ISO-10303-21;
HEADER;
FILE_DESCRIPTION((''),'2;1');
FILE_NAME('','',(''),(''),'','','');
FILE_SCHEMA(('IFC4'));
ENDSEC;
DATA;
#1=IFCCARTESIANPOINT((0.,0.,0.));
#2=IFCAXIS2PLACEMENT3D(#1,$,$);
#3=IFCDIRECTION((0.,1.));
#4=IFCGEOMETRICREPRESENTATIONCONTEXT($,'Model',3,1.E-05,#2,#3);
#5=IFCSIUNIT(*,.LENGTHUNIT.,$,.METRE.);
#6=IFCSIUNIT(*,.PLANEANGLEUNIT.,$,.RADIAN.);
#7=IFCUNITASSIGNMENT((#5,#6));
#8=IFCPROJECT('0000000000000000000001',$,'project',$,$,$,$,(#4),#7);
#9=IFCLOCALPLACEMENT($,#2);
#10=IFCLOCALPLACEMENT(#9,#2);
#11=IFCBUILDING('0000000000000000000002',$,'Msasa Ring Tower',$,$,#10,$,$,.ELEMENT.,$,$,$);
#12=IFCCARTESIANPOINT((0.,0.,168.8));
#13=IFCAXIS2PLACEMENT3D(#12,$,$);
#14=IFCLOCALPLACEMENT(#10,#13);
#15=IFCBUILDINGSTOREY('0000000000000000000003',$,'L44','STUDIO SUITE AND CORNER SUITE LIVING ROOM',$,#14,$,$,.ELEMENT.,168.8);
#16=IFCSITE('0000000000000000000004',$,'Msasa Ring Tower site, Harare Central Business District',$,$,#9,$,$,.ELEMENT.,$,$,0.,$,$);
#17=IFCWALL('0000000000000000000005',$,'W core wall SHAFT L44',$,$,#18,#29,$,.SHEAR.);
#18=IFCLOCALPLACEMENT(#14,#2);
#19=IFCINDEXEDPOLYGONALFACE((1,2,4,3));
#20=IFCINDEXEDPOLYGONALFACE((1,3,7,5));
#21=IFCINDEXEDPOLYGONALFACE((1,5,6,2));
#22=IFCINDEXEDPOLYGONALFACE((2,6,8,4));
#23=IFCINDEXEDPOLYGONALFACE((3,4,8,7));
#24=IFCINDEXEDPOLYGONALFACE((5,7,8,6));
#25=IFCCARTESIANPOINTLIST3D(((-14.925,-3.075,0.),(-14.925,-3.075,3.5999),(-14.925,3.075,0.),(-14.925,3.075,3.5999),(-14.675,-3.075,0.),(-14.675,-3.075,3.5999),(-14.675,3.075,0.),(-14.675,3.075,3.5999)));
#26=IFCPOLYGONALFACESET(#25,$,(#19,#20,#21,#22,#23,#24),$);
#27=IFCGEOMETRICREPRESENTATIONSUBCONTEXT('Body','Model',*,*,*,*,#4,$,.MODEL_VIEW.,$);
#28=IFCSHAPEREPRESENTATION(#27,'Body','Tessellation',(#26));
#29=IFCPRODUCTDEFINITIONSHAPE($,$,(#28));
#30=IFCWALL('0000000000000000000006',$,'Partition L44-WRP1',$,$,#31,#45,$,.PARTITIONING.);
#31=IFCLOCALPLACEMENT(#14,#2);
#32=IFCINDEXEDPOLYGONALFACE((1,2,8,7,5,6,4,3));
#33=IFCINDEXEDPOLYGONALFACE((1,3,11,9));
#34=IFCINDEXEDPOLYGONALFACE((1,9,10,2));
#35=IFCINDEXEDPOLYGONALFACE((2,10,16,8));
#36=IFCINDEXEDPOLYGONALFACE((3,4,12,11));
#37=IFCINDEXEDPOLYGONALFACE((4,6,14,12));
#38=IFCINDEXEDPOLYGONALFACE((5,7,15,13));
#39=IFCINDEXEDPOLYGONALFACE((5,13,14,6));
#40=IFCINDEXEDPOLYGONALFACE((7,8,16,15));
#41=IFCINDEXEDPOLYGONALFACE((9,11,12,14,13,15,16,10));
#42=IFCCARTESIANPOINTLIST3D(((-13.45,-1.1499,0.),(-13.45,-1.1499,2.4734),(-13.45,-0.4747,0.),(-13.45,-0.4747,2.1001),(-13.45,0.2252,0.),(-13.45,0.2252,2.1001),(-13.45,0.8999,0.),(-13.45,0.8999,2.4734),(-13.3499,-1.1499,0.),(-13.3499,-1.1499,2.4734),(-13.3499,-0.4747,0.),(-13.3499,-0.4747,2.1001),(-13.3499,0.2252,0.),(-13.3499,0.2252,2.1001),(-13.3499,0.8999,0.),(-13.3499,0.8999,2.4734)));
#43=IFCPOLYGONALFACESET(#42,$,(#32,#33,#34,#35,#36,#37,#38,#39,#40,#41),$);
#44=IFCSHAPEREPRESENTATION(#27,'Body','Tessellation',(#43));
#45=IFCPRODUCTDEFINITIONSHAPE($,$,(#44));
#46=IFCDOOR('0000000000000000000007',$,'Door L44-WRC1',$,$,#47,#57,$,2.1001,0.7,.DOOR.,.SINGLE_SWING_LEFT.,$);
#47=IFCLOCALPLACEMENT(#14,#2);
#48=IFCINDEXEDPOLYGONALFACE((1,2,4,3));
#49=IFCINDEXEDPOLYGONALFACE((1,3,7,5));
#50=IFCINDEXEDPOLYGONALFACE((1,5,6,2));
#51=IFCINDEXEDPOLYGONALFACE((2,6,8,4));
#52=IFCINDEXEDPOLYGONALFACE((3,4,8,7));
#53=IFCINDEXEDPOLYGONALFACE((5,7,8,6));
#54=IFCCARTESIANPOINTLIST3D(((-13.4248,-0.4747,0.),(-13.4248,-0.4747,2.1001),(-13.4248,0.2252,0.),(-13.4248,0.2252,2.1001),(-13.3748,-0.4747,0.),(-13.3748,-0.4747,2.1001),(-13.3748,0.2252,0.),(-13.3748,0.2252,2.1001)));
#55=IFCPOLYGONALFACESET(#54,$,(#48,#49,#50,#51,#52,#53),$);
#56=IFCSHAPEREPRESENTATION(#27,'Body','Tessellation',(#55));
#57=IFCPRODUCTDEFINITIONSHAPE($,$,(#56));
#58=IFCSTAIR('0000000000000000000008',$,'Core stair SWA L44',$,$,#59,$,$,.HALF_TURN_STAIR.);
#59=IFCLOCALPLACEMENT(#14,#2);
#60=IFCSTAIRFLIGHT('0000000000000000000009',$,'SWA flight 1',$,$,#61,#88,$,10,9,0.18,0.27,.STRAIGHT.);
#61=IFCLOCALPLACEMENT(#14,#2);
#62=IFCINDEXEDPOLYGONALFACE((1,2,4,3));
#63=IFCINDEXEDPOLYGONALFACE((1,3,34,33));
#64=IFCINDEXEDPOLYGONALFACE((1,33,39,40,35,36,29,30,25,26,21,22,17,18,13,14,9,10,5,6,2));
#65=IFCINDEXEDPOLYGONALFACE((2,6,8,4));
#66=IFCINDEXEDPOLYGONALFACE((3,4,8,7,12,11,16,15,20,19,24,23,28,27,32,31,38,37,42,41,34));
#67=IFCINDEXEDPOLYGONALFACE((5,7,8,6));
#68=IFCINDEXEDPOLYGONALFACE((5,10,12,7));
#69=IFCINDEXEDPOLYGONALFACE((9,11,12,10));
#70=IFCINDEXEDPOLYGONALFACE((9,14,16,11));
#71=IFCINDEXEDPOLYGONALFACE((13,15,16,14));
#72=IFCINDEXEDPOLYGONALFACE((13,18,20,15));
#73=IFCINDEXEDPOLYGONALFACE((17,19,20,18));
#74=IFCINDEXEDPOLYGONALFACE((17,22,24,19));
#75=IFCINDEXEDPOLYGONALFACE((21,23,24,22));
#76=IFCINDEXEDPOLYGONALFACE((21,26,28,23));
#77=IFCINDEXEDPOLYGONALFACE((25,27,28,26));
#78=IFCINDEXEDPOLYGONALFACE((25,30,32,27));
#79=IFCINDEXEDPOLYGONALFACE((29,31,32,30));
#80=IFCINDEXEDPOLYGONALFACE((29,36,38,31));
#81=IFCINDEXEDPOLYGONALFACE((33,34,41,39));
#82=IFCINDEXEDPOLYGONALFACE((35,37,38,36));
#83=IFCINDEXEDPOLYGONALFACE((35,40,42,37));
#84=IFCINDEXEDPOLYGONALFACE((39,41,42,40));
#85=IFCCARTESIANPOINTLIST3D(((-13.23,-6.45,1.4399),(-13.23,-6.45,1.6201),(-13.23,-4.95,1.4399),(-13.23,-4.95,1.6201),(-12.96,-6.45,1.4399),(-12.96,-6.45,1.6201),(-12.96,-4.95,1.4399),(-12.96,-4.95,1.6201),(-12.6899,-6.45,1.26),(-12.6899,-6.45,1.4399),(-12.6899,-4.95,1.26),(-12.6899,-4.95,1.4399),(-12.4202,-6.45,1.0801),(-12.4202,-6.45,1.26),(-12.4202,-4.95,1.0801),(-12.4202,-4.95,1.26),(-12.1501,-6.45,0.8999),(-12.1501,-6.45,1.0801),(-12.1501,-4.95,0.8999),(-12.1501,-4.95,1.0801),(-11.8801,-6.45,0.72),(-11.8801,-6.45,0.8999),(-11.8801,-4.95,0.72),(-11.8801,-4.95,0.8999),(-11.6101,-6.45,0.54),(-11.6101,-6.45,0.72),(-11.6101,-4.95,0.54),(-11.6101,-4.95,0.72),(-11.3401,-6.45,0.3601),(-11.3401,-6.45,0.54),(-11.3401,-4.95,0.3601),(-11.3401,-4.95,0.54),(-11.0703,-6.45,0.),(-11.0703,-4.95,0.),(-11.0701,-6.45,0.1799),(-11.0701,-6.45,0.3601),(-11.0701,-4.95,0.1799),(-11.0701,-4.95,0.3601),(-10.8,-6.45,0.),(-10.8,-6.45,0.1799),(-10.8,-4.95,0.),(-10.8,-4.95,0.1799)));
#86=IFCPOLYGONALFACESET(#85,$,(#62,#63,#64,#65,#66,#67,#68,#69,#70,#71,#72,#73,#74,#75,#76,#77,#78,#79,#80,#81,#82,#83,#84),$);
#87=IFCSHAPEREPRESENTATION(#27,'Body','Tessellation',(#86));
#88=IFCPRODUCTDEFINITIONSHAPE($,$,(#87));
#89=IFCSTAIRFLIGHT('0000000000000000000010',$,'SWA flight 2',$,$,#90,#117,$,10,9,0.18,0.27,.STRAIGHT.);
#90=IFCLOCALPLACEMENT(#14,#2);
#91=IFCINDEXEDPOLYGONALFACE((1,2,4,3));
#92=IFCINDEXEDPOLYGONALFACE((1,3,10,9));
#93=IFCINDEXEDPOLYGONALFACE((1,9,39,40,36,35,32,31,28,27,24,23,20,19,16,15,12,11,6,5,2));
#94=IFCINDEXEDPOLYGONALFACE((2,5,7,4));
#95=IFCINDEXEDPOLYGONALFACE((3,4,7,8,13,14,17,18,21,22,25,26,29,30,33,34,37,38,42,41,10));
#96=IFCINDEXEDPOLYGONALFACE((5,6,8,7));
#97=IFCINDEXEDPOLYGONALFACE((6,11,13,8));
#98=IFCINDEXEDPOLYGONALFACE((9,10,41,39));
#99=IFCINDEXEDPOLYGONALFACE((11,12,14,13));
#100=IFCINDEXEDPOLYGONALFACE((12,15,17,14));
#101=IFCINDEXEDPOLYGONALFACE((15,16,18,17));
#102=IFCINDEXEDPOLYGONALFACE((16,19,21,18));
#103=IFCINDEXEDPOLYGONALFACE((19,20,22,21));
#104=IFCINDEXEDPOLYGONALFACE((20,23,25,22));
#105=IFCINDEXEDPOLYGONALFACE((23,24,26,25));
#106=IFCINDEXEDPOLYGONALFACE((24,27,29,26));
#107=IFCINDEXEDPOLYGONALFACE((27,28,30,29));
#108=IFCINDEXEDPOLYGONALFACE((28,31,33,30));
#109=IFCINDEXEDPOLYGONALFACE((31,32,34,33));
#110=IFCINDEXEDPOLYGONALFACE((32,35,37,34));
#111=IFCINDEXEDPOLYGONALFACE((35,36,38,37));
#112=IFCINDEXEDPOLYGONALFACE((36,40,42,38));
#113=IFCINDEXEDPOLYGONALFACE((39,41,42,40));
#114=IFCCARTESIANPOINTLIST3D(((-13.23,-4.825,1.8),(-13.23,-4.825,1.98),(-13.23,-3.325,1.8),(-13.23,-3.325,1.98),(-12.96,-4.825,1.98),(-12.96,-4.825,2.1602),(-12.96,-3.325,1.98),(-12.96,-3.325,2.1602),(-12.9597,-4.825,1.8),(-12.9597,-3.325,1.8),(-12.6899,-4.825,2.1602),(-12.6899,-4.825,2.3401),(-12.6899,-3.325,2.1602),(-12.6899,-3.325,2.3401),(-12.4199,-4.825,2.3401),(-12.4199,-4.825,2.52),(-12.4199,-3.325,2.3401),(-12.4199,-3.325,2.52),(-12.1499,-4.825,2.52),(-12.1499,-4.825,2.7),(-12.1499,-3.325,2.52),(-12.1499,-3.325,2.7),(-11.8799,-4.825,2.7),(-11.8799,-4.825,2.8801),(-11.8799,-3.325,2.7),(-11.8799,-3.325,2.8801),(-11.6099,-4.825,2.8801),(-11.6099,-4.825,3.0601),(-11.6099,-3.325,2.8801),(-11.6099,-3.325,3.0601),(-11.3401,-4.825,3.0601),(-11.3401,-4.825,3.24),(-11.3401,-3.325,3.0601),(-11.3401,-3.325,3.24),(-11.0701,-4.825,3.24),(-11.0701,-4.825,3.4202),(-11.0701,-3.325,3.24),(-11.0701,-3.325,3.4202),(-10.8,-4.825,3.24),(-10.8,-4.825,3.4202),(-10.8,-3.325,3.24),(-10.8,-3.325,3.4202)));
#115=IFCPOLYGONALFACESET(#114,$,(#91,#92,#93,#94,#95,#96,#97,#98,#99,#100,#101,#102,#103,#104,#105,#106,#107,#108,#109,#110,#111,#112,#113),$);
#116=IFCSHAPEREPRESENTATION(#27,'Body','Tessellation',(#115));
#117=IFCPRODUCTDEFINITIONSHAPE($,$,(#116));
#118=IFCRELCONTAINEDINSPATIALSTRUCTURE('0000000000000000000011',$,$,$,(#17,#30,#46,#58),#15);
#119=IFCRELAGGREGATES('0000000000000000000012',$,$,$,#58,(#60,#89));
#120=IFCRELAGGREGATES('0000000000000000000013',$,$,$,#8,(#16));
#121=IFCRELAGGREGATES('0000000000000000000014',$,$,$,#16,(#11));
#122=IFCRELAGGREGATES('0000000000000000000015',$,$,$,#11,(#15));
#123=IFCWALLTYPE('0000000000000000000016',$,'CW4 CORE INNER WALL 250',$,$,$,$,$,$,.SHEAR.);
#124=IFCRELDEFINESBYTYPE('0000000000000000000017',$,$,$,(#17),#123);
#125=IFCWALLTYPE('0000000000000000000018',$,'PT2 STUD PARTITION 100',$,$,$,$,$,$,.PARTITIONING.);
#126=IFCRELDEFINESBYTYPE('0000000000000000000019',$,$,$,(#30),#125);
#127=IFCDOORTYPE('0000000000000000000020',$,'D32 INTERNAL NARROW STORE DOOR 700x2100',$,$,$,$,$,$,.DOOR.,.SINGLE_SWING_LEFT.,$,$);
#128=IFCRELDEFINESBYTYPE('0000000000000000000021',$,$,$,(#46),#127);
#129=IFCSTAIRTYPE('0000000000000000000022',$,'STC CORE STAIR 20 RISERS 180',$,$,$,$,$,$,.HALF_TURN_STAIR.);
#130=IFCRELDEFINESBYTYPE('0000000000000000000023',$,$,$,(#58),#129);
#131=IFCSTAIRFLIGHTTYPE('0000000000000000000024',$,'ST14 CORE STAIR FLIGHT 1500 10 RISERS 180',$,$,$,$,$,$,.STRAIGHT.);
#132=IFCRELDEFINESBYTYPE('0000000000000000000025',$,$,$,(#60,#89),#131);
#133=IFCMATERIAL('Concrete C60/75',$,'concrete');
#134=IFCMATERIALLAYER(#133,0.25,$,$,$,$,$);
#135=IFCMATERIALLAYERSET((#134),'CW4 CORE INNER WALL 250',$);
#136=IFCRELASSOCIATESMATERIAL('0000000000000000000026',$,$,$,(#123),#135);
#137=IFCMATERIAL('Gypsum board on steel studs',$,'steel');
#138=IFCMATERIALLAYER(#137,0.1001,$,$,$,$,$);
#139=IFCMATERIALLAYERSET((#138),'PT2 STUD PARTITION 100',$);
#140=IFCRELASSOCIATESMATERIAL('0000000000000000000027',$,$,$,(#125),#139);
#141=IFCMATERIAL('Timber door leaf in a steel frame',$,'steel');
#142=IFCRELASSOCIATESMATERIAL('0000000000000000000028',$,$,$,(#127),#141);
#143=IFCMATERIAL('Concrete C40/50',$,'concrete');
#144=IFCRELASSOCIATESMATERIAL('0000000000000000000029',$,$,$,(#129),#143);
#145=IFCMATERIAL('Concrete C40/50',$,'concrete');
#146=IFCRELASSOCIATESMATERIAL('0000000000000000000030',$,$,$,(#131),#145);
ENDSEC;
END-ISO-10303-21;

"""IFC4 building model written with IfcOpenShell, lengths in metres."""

from ifc_helpers import new_model, si_unit, direction, frame, frame_2d, origin, place, context, subcontext, project, spatial, polyline, rectangle, outline, extrude, material, layer, layer_set, type_object, element, fill, aggregate, save


model = new_model("IFC4")

# Units and contexts
model_context = context("Model", 3, precision=1e-05, world=origin(), true_north=direction((0.0, 1.0)))
body_context = subcontext(model_context, "Body", "Model", "MODEL_VIEW")
ifc_project = project(units=[si_unit("LENGTHUNIT", "METRE"), si_unit("PLANEANGLEUNIT", "RADIAN")], contexts=[model_context])

# Site, building, storey
site_placement = place(None, origin())
site = spatial("IfcSite", under=ifc_project, at=site_placement, Name="Msasa Ring Tower site, Harare Central Business District", CompositionType="ELEMENT", RefElevation=0.0)
building_placement = place(site_placement, origin())
building = spatial("IfcBuilding", under=site, at=building_placement, Name="Msasa Ring Tower", CompositionType="ELEMENT")
storey_placement = place(building_placement, frame((0.0, 0.0, 168.8)))
storey = spatial("IfcBuildingStorey", under=building, at=storey_placement, Name="L44", Description="STUDIO SUITE AND CORNER SUITE LIVING ROOM", CompositionType="ELEMENT", Elevation=168.8)

# Shared definitions
ifc_material_1 = material(Name="Concrete C60/75", Category="concrete")
ifc_layer_1 = layer(ifc_material_1, 0.25)
ifc_layer_set_1 = layer_set([ifc_layer_1], Name="CW4 CORE INNER WALL 250")
wall_type_1 = type_object("IfcWallType", Name="CW4 CORE INNER WALL 250", PredefinedType="SHEAR", material=ifc_layer_set_1)

# Wall
wall_1_placement = place(storey_placement, frame((-14.8, -3.075, 0.0), z_axis=(0.0, 0.0, 1.0), x_axis=(0.0, 1.0, 0.0)))
element("IfcWall", 1, at=wall_1_placement, inside=storey, type_object=wall_type_1, Name="W core wall SHAFT L44", PredefinedType="SHEAR", context=body_context, shape_type="SweptSolid", body=[
    extrude(rectangle(XDim=6.1499, YDim=0.25, at=frame_2d((3.075, 0.0))), origin(), (0.0, 0.0, 1.0), 3.5999),
])

# Wall, opening, door
ifc_material_2 = material(Name="Gypsum board on steel studs", Category="steel")
ifc_layer_2 = layer(ifc_material_2, 0.1001)
ifc_layer_set_2 = layer_set([ifc_layer_2], Name="PT2 STUD PARTITION 100")
wall_type_2 = type_object("IfcWallType", Name="PT2 STUD PARTITION 100", PredefinedType="PARTITIONING", material=ifc_layer_set_2)
wall_2_placement = place(storey_placement, frame((-13.3999, -1.1499, 0.0), z_axis=(0.0, 0.0, 1.0), x_axis=(0.0, 1.0, 0.0)))
wall_2 = element("IfcWall", 2, at=wall_2_placement, inside=storey, type_object=wall_type_2, Name="Partition L44-WRP1", PredefinedType="PARTITIONING", context=body_context, shape_type="SweptSolid", body=[
    extrude(rectangle(XDim=2.0498, YDim=0.1001, at=frame_2d((1.0249, 0.0))), origin(), (0.0, 0.0, 1.0), 2.4734),
])
opening_1_placement = place(wall_2_placement, frame((0.675, 0.0, 0.0)))
opening_1 = element("IfcOpeningElement", 3, at=opening_1_placement, cuts=wall_2, PredefinedType="OPENING", context=body_context, shape_type="SweptSolid", body=[
    extrude(rectangle(XDim=0.7, YDim=2.1001, at=frame_2d((0.3501, 1.05))), frame((0.0, 0.0601, 0.0), z_axis=(0.0, -1.0, 0.0), x_axis=(1.0, 0.0, 0.0)), (0.0, 0.0, 1.0), 0.1201),
])
ifc_material_3 = material(Name="Timber door leaf in a steel frame", Category="steel")
door_type_1 = type_object("IfcDoorType", Name="D32 INTERNAL NARROW STORE DOOR 700x2100", OperationType="SINGLE_SWING_LEFT", PredefinedType="DOOR", material=ifc_material_3)
door_1_placement = place(opening_1_placement, origin())
door_1 = element("IfcDoor", 4, at=door_1_placement, inside=storey, type_object=door_type_1, Name="Door L44-WRC1", OperationType="SINGLE_SWING_LEFT", OverallHeight=2.1001, OverallWidth=0.7, PredefinedType="DOOR", context=body_context, shape_type="SweptSolid", body=[
    extrude(rectangle(XDim=0.7, YDim=2.1001, at=frame_2d((0.3501, 1.05))), frame((0.0, 0.0249, 0.0), z_axis=(0.0, -1.0, 0.0), x_axis=(1.0, 0.0, 0.0)), (0.0, 0.0, 1.0), 0.05),
])
fill(opening_1, door_1)

# Stair, stair flights
ifc_material_4 = material(Name="Concrete C40/50", Category="concrete")
stair_type = type_object("IfcStairType", Name="STC CORE STAIR 20 RISERS 180", PredefinedType="HALF_TURN_STAIR", material=ifc_material_4)
stair_placement = place(storey_placement, origin())
stair = element("IfcStair", 5, at=stair_placement, inside=storey, type_object=stair_type, Name="Core stair SWA L44", PredefinedType="HALF_TURN_STAIR")
ifc_material_5 = material(Name="Concrete C40/50", Category="concrete")
stair_flight_type = type_object("IfcStairFlightType", Name="ST14 CORE STAIR FLIGHT 1500 10 RISERS 180", PredefinedType="STRAIGHT", material=ifc_material_5)
stair_flight_1_placement = place(storey_placement, frame((-10.8, -5.7, 0.0), z_axis=(0.0, 0.0, 1.0), x_axis=(-1.0, 0.0, 0.0)))
stair_flight_1 = element("IfcStairFlight", 6, at=stair_flight_1_placement, type_object=stair_flight_type, Name="SWA flight 1", NumberOfRisers=10, NumberOfTreads=9, PredefinedType="STRAIGHT", RiserHeight=0.18, TreadLength=0.27, context=body_context, shape_type="SweptSolid", body=[
    extrude(outline(polyline([(0.0, 0.0), (0.0, 0.1799), (0.27, 0.1799), (0.27, 0.3601), (0.54, 0.3601), (0.54, 0.54), (0.8101, 0.54), (0.8101, 0.72), (1.0801, 0.72), (1.0801, 0.8999), (1.3501, 0.8999), (1.3501, 1.0801), (1.6201, 1.0801), (1.6201, 1.26), (1.8899, 1.26), (1.8899, 1.4399), (2.1599, 1.4399), (2.1599, 1.6201), (2.4299, 1.6201), (2.4299, 1.8), (2.4299, 1.4399), (0.2703, 0.0), (0.0, 0.0)])), frame((0.0, 0.75, 0.0), z_axis=(0.0, -1.0, 0.0), x_axis=(1.0, 0.0, 0.0)), (0.0, 0.0, 1.0), 1.5),
])
stair_flight_2_placement = place(storey_placement, frame((-13.23, -4.075, 1.8), z_axis=(0.0, 0.0, 1.0), x_axis=(1.0, 0.0, 0.0)))
stair_flight_2 = element("IfcStairFlight", 7, at=stair_flight_2_placement, type_object=stair_flight_type, Name="SWA flight 2", NumberOfRisers=10, NumberOfTreads=9, PredefinedType="STRAIGHT", RiserHeight=0.18, TreadLength=0.27, context=body_context, shape_type="SweptSolid", body=[
    extrude(outline(polyline([(0.0, 0.0), (0.0, 0.1799), (0.27, 0.1799), (0.27, 0.3601), (0.54, 0.3601), (0.54, 0.54), (0.8101, 0.54), (0.8101, 0.72), (1.0801, 0.72), (1.0801, 0.8999), (1.3501, 0.8999), (1.3501, 1.0801), (1.6201, 1.0801), (1.6201, 1.26), (1.8899, 1.26), (1.8899, 1.4399), (2.1599, 1.4399), (2.1599, 1.6201), (2.4299, 1.6201), (2.4299, 1.8), (2.4299, 1.4399), (0.2703, 0.0), (0.0, 0.0)])), frame((0.0, 0.75, 0.0), z_axis=(0.0, -1.0, 0.0), x_axis=(1.0, 0.0, 0.0)), (0.0, 0.0, 1.0), 1.5),
])
aggregate(stair, [stair_flight_1, stair_flight_2])

save(model, "model.ifc")
